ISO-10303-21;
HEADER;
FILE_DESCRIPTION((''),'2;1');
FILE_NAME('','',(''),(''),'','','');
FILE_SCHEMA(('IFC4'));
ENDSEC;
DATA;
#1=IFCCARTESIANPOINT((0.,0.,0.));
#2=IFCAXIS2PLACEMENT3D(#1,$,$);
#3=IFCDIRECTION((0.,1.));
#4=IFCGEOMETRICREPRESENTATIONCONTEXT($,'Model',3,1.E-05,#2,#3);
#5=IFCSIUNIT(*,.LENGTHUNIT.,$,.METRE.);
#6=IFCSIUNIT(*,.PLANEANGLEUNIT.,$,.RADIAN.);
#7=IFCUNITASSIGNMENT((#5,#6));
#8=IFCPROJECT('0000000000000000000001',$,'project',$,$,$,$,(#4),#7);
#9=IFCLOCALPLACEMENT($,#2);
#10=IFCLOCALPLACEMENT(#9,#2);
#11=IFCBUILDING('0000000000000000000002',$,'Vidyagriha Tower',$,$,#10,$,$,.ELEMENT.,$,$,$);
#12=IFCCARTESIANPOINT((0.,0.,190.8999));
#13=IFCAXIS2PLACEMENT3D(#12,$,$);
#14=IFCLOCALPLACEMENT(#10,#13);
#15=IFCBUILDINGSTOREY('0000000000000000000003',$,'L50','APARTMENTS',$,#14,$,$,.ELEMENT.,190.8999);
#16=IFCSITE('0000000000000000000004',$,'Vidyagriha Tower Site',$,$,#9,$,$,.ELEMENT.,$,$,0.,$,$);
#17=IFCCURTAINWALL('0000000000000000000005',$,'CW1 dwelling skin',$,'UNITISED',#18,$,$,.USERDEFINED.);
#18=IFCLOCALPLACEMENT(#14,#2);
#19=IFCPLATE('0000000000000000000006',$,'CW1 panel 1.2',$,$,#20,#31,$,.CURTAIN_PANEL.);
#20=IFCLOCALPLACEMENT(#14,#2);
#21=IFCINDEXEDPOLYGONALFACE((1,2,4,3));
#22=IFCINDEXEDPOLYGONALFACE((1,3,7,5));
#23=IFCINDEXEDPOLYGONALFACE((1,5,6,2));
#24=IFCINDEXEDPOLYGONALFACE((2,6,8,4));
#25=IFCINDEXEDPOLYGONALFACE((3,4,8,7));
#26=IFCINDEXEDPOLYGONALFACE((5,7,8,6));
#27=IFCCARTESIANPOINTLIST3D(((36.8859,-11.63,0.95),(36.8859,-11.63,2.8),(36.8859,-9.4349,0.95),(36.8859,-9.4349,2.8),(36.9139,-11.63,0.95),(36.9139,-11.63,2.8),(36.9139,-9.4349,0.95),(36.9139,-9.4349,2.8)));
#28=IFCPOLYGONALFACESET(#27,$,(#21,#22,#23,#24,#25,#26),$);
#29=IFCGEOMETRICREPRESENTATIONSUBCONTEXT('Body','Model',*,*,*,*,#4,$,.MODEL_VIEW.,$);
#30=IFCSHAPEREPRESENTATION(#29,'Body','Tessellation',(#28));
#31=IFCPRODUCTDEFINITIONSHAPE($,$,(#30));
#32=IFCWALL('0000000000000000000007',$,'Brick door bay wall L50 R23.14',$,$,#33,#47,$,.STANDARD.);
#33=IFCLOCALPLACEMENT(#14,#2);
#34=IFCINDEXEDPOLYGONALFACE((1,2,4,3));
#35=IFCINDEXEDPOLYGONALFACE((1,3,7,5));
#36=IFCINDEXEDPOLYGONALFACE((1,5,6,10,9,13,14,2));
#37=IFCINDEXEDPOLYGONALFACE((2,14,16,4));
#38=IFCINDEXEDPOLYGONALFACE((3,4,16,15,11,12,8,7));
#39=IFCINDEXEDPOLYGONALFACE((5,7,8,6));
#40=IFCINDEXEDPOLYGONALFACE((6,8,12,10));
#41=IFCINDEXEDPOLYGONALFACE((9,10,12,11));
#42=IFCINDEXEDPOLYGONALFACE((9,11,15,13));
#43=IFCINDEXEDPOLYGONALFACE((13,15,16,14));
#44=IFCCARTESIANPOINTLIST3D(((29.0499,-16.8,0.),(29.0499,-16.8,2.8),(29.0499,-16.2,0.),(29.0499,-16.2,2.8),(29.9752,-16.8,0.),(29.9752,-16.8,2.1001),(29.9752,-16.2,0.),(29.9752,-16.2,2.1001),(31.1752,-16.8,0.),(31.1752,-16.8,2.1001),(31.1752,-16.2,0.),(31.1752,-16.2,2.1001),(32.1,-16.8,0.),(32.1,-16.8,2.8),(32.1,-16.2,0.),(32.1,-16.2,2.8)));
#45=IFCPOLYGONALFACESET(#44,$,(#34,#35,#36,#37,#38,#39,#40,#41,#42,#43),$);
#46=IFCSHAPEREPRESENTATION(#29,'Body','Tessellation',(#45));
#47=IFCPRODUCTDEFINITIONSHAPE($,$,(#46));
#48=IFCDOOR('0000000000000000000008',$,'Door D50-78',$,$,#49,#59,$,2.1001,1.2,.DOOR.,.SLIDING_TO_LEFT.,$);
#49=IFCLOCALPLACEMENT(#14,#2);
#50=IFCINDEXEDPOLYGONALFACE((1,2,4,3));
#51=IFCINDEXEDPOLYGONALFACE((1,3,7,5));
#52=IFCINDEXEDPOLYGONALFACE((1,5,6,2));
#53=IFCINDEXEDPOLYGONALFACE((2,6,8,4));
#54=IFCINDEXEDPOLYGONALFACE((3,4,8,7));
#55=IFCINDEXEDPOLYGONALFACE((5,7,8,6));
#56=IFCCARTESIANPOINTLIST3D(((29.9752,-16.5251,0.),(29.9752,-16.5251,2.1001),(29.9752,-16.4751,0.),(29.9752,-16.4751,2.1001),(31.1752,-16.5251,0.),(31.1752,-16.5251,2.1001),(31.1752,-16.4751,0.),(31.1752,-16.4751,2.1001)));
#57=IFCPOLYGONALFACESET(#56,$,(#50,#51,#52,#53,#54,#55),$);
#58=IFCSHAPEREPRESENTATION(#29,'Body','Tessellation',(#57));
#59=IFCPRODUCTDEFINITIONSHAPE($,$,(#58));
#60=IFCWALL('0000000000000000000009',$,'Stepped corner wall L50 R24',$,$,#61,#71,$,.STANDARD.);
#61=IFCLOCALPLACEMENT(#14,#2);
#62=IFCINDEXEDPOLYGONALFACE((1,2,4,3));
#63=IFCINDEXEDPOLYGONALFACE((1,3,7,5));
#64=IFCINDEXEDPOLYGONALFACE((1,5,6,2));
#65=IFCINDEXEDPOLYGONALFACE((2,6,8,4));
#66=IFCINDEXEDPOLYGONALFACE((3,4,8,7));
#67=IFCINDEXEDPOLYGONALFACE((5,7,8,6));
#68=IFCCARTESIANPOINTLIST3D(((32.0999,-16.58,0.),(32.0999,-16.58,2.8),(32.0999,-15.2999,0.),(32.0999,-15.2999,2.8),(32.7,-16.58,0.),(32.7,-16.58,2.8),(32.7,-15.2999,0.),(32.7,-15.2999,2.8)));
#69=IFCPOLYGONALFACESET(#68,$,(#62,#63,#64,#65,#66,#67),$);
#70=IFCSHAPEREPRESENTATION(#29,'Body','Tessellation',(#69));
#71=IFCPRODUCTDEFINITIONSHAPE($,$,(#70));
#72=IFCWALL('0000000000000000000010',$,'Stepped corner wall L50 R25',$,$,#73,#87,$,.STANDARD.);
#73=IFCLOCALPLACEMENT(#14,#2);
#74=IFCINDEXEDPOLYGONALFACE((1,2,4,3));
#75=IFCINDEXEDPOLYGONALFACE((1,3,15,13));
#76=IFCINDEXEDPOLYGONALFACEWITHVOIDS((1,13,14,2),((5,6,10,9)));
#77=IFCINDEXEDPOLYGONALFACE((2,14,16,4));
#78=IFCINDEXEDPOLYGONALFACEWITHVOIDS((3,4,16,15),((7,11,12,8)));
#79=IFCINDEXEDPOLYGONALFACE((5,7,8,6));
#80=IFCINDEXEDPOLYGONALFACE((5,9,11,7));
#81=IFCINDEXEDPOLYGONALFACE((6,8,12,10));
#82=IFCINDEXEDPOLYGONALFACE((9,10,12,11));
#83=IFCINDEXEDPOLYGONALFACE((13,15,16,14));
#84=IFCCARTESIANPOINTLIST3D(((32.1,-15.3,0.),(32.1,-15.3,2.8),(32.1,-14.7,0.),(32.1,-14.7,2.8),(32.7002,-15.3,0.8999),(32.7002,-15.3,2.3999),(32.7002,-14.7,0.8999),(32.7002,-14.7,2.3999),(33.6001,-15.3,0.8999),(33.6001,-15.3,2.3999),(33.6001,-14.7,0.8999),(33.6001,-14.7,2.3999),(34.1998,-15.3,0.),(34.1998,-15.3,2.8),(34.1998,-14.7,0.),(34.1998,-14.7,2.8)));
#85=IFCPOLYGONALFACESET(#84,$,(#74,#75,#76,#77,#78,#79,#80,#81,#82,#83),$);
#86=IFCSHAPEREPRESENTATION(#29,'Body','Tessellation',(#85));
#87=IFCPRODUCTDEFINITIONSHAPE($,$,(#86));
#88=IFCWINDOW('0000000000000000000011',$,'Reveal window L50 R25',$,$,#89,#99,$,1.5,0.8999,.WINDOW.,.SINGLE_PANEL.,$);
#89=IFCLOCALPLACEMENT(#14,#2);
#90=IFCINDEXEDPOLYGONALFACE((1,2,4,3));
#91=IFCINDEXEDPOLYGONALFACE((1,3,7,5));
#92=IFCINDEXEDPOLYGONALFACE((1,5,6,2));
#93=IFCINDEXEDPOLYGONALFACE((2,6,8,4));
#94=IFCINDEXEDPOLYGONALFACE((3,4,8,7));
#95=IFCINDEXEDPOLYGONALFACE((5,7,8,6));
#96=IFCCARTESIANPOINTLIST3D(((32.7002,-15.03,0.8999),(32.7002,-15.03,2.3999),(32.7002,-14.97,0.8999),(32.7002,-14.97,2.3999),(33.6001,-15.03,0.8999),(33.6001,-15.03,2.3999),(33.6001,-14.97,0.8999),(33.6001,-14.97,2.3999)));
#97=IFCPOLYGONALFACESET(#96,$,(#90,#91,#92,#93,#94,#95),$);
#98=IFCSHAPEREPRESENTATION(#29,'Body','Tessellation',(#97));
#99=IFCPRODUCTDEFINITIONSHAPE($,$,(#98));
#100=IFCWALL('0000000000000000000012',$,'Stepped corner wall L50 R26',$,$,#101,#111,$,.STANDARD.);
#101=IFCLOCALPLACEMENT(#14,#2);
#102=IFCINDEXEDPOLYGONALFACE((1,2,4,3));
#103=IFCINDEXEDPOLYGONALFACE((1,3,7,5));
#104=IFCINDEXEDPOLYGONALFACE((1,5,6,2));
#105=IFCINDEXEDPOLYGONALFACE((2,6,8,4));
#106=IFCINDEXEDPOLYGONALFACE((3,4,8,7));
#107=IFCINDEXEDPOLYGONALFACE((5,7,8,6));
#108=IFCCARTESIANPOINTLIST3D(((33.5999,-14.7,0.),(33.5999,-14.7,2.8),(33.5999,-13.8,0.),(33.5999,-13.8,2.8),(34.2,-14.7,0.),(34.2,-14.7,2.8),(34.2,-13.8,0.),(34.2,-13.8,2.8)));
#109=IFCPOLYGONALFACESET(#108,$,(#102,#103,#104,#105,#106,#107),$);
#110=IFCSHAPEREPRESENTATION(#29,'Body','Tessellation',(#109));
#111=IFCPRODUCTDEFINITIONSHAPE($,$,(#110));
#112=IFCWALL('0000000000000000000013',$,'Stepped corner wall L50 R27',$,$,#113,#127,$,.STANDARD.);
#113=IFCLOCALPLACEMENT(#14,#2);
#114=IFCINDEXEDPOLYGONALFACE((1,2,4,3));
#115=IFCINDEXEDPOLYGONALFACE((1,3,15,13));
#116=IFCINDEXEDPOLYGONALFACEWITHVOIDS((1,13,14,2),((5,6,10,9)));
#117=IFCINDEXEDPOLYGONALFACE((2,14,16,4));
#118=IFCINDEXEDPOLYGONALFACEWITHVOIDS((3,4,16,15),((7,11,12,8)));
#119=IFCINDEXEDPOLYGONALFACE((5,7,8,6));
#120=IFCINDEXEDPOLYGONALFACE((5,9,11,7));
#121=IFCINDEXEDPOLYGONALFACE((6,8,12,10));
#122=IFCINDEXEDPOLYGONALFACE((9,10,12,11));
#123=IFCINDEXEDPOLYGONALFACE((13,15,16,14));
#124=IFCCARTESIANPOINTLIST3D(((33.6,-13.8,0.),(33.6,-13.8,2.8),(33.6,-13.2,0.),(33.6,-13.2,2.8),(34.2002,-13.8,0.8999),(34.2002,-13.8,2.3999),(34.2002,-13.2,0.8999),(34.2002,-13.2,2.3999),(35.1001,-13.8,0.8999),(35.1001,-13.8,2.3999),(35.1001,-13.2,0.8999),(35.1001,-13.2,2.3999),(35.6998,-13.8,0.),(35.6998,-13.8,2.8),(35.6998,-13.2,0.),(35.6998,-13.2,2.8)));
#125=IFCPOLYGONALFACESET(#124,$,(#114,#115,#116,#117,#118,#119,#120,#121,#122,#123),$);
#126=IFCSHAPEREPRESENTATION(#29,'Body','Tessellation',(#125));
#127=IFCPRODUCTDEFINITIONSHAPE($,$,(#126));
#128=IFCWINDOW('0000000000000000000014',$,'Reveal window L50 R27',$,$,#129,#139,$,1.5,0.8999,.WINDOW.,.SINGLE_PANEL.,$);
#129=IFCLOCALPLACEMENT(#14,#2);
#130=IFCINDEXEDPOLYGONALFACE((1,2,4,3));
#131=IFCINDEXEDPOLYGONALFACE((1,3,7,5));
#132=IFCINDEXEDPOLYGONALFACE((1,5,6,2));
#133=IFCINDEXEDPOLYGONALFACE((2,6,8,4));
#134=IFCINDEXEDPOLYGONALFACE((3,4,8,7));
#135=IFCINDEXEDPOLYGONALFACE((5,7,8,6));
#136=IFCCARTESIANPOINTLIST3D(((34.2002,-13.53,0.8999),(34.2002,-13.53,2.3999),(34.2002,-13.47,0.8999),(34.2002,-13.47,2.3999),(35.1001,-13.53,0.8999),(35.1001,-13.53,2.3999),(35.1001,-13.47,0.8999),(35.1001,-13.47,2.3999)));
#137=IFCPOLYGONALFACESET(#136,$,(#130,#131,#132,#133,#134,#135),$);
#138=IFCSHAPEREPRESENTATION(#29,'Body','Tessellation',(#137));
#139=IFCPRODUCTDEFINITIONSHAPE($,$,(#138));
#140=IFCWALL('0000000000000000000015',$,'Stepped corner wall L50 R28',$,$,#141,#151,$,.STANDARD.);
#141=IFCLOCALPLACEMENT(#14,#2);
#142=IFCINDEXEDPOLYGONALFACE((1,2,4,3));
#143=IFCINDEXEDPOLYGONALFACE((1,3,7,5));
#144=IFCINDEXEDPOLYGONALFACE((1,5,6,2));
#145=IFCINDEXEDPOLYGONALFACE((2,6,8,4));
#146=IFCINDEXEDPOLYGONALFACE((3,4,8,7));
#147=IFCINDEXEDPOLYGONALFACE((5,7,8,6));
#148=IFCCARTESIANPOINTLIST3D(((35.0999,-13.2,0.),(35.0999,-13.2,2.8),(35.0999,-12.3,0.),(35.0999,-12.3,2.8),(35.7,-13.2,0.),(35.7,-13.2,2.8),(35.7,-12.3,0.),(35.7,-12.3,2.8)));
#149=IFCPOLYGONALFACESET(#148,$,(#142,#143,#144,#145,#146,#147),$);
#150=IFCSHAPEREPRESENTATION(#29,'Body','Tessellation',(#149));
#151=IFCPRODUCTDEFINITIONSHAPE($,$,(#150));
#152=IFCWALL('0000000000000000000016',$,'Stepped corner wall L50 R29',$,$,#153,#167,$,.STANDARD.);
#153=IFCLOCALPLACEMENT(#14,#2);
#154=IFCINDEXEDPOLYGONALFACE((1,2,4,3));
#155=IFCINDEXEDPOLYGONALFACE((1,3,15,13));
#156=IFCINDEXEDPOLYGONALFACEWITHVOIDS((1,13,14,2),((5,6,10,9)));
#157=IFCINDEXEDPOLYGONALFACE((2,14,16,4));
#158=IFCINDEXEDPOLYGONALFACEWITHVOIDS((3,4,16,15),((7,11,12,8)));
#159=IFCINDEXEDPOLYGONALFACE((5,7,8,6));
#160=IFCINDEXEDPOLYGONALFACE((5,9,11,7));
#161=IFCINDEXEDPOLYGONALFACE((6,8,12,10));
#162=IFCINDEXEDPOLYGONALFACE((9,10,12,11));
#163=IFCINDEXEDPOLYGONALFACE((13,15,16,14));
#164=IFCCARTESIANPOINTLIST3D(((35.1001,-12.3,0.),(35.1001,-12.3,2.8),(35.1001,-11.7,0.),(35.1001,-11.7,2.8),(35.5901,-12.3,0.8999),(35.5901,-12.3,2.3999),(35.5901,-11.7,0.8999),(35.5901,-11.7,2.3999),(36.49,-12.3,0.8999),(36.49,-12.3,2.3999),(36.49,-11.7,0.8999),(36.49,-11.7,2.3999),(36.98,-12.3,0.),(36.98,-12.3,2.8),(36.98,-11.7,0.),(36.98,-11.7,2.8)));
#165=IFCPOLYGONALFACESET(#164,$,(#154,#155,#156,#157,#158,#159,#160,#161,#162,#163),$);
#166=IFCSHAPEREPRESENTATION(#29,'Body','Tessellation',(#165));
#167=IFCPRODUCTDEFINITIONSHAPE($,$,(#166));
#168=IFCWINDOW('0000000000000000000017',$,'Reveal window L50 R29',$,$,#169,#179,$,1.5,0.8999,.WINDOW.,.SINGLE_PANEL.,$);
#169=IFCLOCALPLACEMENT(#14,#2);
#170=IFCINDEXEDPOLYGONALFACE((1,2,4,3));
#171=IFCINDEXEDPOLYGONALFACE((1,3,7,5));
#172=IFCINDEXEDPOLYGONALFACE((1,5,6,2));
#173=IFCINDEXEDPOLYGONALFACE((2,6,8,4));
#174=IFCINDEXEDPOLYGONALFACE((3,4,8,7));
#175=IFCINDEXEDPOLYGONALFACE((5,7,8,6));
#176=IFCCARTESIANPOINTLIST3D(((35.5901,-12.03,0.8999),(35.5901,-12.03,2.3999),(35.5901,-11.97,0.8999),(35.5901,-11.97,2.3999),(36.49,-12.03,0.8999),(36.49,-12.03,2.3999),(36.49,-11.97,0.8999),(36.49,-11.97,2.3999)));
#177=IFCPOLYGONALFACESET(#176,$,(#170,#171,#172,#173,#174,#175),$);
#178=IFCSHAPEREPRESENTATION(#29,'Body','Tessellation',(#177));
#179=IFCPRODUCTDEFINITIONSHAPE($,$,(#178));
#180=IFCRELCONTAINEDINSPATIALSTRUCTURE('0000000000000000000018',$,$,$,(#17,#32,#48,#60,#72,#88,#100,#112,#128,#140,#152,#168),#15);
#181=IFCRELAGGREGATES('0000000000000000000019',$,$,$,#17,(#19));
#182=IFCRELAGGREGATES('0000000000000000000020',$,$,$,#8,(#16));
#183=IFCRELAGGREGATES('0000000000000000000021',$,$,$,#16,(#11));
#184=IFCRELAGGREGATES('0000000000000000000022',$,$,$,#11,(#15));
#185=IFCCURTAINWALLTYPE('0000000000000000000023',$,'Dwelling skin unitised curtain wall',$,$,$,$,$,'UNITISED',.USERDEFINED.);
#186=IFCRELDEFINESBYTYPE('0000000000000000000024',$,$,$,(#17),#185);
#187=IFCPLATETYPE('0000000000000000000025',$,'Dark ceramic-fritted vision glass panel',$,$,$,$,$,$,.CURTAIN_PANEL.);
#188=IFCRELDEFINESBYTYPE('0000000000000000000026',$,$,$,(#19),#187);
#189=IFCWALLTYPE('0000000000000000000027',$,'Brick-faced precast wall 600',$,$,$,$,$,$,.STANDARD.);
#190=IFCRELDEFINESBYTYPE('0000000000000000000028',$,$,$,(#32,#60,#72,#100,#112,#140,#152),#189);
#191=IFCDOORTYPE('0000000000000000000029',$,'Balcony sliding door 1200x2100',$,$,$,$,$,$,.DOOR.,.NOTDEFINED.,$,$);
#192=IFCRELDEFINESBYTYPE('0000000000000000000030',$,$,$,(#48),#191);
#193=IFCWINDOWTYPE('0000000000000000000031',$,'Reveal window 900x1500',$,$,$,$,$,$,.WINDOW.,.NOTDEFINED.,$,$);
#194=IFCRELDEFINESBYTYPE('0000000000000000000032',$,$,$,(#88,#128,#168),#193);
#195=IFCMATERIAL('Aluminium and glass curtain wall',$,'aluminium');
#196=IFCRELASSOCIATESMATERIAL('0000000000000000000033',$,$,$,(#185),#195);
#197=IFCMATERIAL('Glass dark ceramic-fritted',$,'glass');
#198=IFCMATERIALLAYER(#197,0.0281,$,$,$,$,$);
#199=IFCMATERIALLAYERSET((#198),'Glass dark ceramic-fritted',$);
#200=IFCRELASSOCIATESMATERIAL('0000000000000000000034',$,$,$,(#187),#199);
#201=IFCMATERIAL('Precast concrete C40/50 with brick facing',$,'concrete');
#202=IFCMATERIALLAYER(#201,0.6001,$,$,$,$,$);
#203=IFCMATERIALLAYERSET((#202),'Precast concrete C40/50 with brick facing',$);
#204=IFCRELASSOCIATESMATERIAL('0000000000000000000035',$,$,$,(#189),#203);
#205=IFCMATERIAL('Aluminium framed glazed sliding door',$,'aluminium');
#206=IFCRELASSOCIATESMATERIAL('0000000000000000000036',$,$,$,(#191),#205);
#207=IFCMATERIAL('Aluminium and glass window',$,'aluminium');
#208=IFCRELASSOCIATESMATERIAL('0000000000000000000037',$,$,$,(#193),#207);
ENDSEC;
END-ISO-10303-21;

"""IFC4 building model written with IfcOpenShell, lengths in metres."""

from ifc_helpers import new_model, si_unit, direction, frame, frame_2d, origin, origin_2d, place, context, subcontext, project, spatial, rectangle, extrude, material, layer, layer_set, type_object, element, fill, aggregate, save


model = new_model("IFC4")

# Units and contexts
model_context = context("Model", 3, precision=1e-05, world=origin(), true_north=direction((0.0, 1.0)))
body_context = subcontext(model_context, "Body", "Model", "MODEL_VIEW")
ifc_project = project(units=[si_unit("LENGTHUNIT", "METRE"), si_unit("PLANEANGLEUNIT", "RADIAN")], contexts=[model_context])

# Site, building, storey
site_placement = place(None, origin())
site = spatial("IfcSite", under=ifc_project, at=site_placement, Name="Vidyagriha Tower Site", CompositionType="ELEMENT", RefElevation=0.0)
building_placement = place(site_placement, origin())
building = spatial("IfcBuilding", under=site, at=building_placement, Name="Vidyagriha Tower", CompositionType="ELEMENT")
storey_placement = place(building_placement, frame((0.0, 0.0, 190.8999)))
storey = spatial("IfcBuildingStorey", under=building, at=storey_placement, Name="L50", Description="APARTMENTS", CompositionType="ELEMENT", Elevation=190.8999)

# Curtain wall
ifc_material_1 = material(Name="Aluminium and glass curtain wall", Category="aluminium")
curtain_wall_type = type_object("IfcCurtainWallType", Name="Dwelling skin unitised curtain wall", ElementType="UNITISED", PredefinedType="USERDEFINED", material=ifc_material_1)
curtain_wall_1_placement = place(storey_placement, origin())
curtain_wall_1 = element("IfcCurtainWall", 1, at=curtain_wall_1_placement, inside=storey, type_object=curtain_wall_type, Name="CW1 dwelling skin", ObjectType="UNITISED", PredefinedType="USERDEFINED")

# Plate
ifc_material_2 = material(Name="Glass dark ceramic-fritted", Category="glass")
ifc_layer_1 = layer(ifc_material_2, 0.0281)
ifc_layer_set_1 = layer_set([ifc_layer_1], Name="Glass dark ceramic-fritted")
plate_type_1 = type_object("IfcPlateType", Name="Dark ceramic-fritted vision glass panel", PredefinedType="CURTAIN_PANEL", material=ifc_layer_set_1)
plate_1_placement = place(storey_placement, frame((36.8999, -10.5325, 0.95), z_axis=(0.0, 0.0, 1.0), x_axis=(0.0, 1.0, 0.0)))
plate_1 = element("IfcPlate", 2, at=plate_1_placement, type_object=plate_type_1, Name="CW1 panel 1.2", PredefinedType="CURTAIN_PANEL", context=body_context, shape_type="SweptSolid", body=[
    extrude(rectangle(XDim=2.1951, YDim=0.0281, at=origin_2d()), origin(), (0.0, 0.0, 1.0), 1.8501),
])
aggregate(curtain_wall_1, [plate_1])

# Wall, opening, door
ifc_material_3 = material(Name="Precast concrete C40/50 with brick facing", Category="concrete")
ifc_layer_2 = layer(ifc_material_3, 0.6001)
ifc_layer_set_2 = layer_set([ifc_layer_2], Name="Precast concrete C40/50 with brick facing")
wall_type = type_object("IfcWallType", Name="Brick-faced precast wall 600", PredefinedType="STANDARD", material=ifc_layer_set_2)
wall_1_placement = place(storey_placement, frame((29.05, -16.5, 0.0)))
wall_1 = element("IfcWall", 3, at=wall_1_placement, inside=storey, type_object=wall_type, Name="Brick door bay wall L50 R23.14", PredefinedType="STANDARD", context=body_context, shape_type="SweptSolid", body=[
    extrude(rectangle(XDim=3.05, YDim=0.6001, at=frame_2d((1.5249, 0.0))), origin(), (0.0, 0.0, 1.0), 2.8),
])
opening_1_placement = place(wall_1_placement, frame((0.925, 0.0, 0.0)))
opening_1 = element("IfcOpeningElement", 4, at=opening_1_placement, cuts=wall_1, PredefinedType="OPENING", context=body_context, shape_type="SweptSolid", body=[
    extrude(rectangle(XDim=1.2, YDim=2.1001, at=frame_2d((0.6001, 1.05))), frame((0.0, 0.3101, 0.0), z_axis=(0.0, -1.0, 0.0), x_axis=(1.0, 0.0, 0.0)), (0.0, 0.0, 1.0), 0.6201),
])
ifc_material_4 = material(Name="Aluminium framed glazed sliding door", Category="aluminium")
door_type = type_object("IfcDoorType", Name="Balcony sliding door 1200x2100", OperationType="NOTDEFINED", PredefinedType="DOOR", material=ifc_material_4)
door_placement = place(opening_1_placement, origin())
door = element("IfcDoor", 5, at=door_placement, inside=storey, type_object=door_type, Name="Door D50-78", OperationType="SLIDING_TO_LEFT", OverallHeight=2.1001, OverallWidth=1.2, PredefinedType="DOOR", context=body_context, shape_type="SweptSolid", body=[
    extrude(rectangle(XDim=1.2, YDim=2.1001, at=frame_2d((0.6001, 1.05))), frame((0.0, 0.0249, 0.0), z_axis=(0.0, -1.0, 0.0), x_axis=(1.0, 0.0, 0.0)), (0.0, 0.0, 1.0), 0.05),
])
fill(opening_1, door)

# Wall
wall_2_placement = place(storey_placement, frame((32.3999, -16.5801, 0.0), z_axis=(0.0, 0.0, 1.0), x_axis=(0.0, 1.0, 0.0)))
element("IfcWall", 6, at=wall_2_placement, inside=storey, type_object=wall_type, Name="Stepped corner wall L50 R24", PredefinedType="STANDARD", context=body_context, shape_type="SweptSolid", body=[
    extrude(rectangle(XDim=1.28, YDim=0.6001, at=frame_2d((0.6401, 0.0))), origin(), (0.0, 0.0, 1.0), 2.8),
])

# Wall, opening, window
wall_3_placement = place(storey_placement, frame((32.1001, -15.0, 0.0)))
wall_3 = element("IfcWall", 7, at=wall_3_placement, inside=storey, type_object=wall_type, Name="Stepped corner wall L50 R25", PredefinedType="STANDARD", context=body_context, shape_type="SweptSolid", body=[
    extrude(rectangle(XDim=2.0999, YDim=0.6001, at=frame_2d((1.0498, 0.0))), origin(), (0.0, 0.0, 1.0), 2.8),
])
opening_2_placement = place(wall_3_placement, frame((0.6001, 0.0, 0.8999)))
opening_2 = element("IfcOpeningElement", 8, at=opening_2_placement, cuts=wall_3, PredefinedType="OPENING", context=body_context, shape_type="SweptSolid", body=[
    extrude(rectangle(XDim=0.8999, YDim=1.5, at=frame_2d((0.45, 0.75))), frame((0.0, 0.3101, 0.0), z_axis=(0.0, -1.0, 0.0), x_axis=(1.0, 0.0, 0.0)), (0.0, 0.0, 1.0), 0.6201),
])
ifc_material_5 = material(Name="Aluminium and glass window", Category="aluminium")
window_type = type_object("IfcWindowType", Name="Reveal window 900x1500", PartitioningType="NOTDEFINED", PredefinedType="WINDOW", material=ifc_material_5)
window_1_placement = place(opening_2_placement, origin())
window_1 = element("IfcWindow", 9, at=window_1_placement, inside=storey, type_object=window_type, Name="Reveal window L50 R25", OverallHeight=1.5, OverallWidth=0.8999, PartitioningType="SINGLE_PANEL", PredefinedType="WINDOW", context=body_context, shape_type="SweptSolid", body=[
    extrude(rectangle(XDim=0.8999, YDim=1.5, at=frame_2d((0.45, 0.75))), frame((0.0, 0.03, 0.0), z_axis=(0.0, -1.0, 0.0), x_axis=(1.0, 0.0, 0.0)), (0.0, 0.0, 1.0), 0.0601),
])
fill(opening_2, window_1)

# Wall
wall_4_placement = place(storey_placement, frame((33.8999, -14.7, 0.0), z_axis=(0.0, 0.0, 1.0), x_axis=(0.0, 1.0, 0.0)))
element("IfcWall", 10, at=wall_4_placement, inside=storey, type_object=wall_type, Name="Stepped corner wall L50 R26", PredefinedType="STANDARD", context=body_context, shape_type="SweptSolid", body=[
    extrude(rectangle(XDim=0.8999, YDim=0.6001, at=frame_2d((0.45, 0.0))), origin(), (0.0, 0.0, 1.0), 2.8),
])

# Wall, opening, window
wall_5_placement = place(storey_placement, frame((33.6001, -13.5, 0.0)))
wall_5 = element("IfcWall", 11, at=wall_5_placement, inside=storey, type_object=wall_type, Name="Stepped corner wall L50 R27", PredefinedType="STANDARD", context=body_context, shape_type="SweptSolid", body=[
    extrude(rectangle(XDim=2.0999, YDim=0.6001, at=frame_2d((1.0498, 0.0))), origin(), (0.0, 0.0, 1.0), 2.8),
])
opening_3_placement = place(wall_5_placement, frame((0.6001, 0.0, 0.8999)))
opening_3 = element("IfcOpeningElement", 12, at=opening_3_placement, cuts=wall_5, PredefinedType="OPENING", context=body_context, shape_type="SweptSolid", body=[
    extrude(rectangle(XDim=0.8999, YDim=1.5, at=frame_2d((0.45, 0.75))), frame((0.0, 0.3101, 0.0), z_axis=(0.0, -1.0, 0.0), x_axis=(1.0, 0.0, 0.0)), (0.0, 0.0, 1.0), 0.6201),
])
window_2_placement = place(opening_3_placement, origin())
window_2 = element("IfcWindow", 13, at=window_2_placement, inside=storey, type_object=window_type, Name="Reveal window L50 R27", OverallHeight=1.5, OverallWidth=0.8999, PartitioningType="SINGLE_PANEL", PredefinedType="WINDOW", context=body_context, shape_type="SweptSolid", body=[
    extrude(rectangle(XDim=0.8999, YDim=1.5, at=frame_2d((0.45, 0.75))), frame((0.0, 0.03, 0.0), z_axis=(0.0, -1.0, 0.0), x_axis=(1.0, 0.0, 0.0)), (0.0, 0.0, 1.0), 0.0601),
])
fill(opening_3, window_2)

# Wall
wall_6_placement = place(storey_placement, frame((35.3999, -13.2, 0.0), z_axis=(0.0, 0.0, 1.0), x_axis=(0.0, 1.0, 0.0)))
element("IfcWall", 14, at=wall_6_placement, inside=storey, type_object=wall_type, Name="Stepped corner wall L50 R28", PredefinedType="STANDARD", context=body_context, shape_type="SweptSolid", body=[
    extrude(rectangle(XDim=0.8999, YDim=0.6001, at=frame_2d((0.45, 0.0))), origin(), (0.0, 0.0, 1.0), 2.8),
])

# Wall, opening, window
wall_7_placement = place(storey_placement, frame((35.1001, -12.0, 0.0)))
wall_7 = element("IfcWall", 15, at=wall_7_placement, inside=storey, type_object=wall_type, Name="Stepped corner wall L50 R29", PredefinedType="STANDARD", context=body_context, shape_type="SweptSolid", body=[
    extrude(rectangle(XDim=1.8799, YDim=0.6001, at=frame_2d((0.9399, 0.0))), origin(), (0.0, 0.0, 1.0), 2.8),
])
opening_4_placement = place(wall_7_placement, frame((0.49, 0.0, 0.8999)))
opening_4 = element("IfcOpeningElement", 16, at=opening_4_placement, cuts=wall_7, PredefinedType="OPENING", context=body_context, shape_type="SweptSolid", body=[
    extrude(rectangle(XDim=0.8999, YDim=1.5, at=frame_2d((0.45, 0.75))), frame((0.0, 0.3101, 0.0), z_axis=(0.0, -1.0, 0.0), x_axis=(1.0, 0.0, 0.0)), (0.0, 0.0, 1.0), 0.6201),
])
window_3_placement = place(opening_4_placement, origin())
window_3 = element("IfcWindow", 17, at=window_3_placement, inside=storey, type_object=window_type, Name="Reveal window L50 R29", OverallHeight=1.5, OverallWidth=0.8999, PartitioningType="SINGLE_PANEL", PredefinedType="WINDOW", context=body_context, shape_type="SweptSolid", body=[
    extrude(rectangle(XDim=0.8999, YDim=1.5, at=frame_2d((0.45, 0.75))), frame((0.0, 0.03, 0.0), z_axis=(0.0, -1.0, 0.0), x_axis=(1.0, 0.0, 0.0)), (0.0, 0.0, 1.0), 0.0601),
])
fill(opening_4, window_3)

save(model, "model.ifc")
